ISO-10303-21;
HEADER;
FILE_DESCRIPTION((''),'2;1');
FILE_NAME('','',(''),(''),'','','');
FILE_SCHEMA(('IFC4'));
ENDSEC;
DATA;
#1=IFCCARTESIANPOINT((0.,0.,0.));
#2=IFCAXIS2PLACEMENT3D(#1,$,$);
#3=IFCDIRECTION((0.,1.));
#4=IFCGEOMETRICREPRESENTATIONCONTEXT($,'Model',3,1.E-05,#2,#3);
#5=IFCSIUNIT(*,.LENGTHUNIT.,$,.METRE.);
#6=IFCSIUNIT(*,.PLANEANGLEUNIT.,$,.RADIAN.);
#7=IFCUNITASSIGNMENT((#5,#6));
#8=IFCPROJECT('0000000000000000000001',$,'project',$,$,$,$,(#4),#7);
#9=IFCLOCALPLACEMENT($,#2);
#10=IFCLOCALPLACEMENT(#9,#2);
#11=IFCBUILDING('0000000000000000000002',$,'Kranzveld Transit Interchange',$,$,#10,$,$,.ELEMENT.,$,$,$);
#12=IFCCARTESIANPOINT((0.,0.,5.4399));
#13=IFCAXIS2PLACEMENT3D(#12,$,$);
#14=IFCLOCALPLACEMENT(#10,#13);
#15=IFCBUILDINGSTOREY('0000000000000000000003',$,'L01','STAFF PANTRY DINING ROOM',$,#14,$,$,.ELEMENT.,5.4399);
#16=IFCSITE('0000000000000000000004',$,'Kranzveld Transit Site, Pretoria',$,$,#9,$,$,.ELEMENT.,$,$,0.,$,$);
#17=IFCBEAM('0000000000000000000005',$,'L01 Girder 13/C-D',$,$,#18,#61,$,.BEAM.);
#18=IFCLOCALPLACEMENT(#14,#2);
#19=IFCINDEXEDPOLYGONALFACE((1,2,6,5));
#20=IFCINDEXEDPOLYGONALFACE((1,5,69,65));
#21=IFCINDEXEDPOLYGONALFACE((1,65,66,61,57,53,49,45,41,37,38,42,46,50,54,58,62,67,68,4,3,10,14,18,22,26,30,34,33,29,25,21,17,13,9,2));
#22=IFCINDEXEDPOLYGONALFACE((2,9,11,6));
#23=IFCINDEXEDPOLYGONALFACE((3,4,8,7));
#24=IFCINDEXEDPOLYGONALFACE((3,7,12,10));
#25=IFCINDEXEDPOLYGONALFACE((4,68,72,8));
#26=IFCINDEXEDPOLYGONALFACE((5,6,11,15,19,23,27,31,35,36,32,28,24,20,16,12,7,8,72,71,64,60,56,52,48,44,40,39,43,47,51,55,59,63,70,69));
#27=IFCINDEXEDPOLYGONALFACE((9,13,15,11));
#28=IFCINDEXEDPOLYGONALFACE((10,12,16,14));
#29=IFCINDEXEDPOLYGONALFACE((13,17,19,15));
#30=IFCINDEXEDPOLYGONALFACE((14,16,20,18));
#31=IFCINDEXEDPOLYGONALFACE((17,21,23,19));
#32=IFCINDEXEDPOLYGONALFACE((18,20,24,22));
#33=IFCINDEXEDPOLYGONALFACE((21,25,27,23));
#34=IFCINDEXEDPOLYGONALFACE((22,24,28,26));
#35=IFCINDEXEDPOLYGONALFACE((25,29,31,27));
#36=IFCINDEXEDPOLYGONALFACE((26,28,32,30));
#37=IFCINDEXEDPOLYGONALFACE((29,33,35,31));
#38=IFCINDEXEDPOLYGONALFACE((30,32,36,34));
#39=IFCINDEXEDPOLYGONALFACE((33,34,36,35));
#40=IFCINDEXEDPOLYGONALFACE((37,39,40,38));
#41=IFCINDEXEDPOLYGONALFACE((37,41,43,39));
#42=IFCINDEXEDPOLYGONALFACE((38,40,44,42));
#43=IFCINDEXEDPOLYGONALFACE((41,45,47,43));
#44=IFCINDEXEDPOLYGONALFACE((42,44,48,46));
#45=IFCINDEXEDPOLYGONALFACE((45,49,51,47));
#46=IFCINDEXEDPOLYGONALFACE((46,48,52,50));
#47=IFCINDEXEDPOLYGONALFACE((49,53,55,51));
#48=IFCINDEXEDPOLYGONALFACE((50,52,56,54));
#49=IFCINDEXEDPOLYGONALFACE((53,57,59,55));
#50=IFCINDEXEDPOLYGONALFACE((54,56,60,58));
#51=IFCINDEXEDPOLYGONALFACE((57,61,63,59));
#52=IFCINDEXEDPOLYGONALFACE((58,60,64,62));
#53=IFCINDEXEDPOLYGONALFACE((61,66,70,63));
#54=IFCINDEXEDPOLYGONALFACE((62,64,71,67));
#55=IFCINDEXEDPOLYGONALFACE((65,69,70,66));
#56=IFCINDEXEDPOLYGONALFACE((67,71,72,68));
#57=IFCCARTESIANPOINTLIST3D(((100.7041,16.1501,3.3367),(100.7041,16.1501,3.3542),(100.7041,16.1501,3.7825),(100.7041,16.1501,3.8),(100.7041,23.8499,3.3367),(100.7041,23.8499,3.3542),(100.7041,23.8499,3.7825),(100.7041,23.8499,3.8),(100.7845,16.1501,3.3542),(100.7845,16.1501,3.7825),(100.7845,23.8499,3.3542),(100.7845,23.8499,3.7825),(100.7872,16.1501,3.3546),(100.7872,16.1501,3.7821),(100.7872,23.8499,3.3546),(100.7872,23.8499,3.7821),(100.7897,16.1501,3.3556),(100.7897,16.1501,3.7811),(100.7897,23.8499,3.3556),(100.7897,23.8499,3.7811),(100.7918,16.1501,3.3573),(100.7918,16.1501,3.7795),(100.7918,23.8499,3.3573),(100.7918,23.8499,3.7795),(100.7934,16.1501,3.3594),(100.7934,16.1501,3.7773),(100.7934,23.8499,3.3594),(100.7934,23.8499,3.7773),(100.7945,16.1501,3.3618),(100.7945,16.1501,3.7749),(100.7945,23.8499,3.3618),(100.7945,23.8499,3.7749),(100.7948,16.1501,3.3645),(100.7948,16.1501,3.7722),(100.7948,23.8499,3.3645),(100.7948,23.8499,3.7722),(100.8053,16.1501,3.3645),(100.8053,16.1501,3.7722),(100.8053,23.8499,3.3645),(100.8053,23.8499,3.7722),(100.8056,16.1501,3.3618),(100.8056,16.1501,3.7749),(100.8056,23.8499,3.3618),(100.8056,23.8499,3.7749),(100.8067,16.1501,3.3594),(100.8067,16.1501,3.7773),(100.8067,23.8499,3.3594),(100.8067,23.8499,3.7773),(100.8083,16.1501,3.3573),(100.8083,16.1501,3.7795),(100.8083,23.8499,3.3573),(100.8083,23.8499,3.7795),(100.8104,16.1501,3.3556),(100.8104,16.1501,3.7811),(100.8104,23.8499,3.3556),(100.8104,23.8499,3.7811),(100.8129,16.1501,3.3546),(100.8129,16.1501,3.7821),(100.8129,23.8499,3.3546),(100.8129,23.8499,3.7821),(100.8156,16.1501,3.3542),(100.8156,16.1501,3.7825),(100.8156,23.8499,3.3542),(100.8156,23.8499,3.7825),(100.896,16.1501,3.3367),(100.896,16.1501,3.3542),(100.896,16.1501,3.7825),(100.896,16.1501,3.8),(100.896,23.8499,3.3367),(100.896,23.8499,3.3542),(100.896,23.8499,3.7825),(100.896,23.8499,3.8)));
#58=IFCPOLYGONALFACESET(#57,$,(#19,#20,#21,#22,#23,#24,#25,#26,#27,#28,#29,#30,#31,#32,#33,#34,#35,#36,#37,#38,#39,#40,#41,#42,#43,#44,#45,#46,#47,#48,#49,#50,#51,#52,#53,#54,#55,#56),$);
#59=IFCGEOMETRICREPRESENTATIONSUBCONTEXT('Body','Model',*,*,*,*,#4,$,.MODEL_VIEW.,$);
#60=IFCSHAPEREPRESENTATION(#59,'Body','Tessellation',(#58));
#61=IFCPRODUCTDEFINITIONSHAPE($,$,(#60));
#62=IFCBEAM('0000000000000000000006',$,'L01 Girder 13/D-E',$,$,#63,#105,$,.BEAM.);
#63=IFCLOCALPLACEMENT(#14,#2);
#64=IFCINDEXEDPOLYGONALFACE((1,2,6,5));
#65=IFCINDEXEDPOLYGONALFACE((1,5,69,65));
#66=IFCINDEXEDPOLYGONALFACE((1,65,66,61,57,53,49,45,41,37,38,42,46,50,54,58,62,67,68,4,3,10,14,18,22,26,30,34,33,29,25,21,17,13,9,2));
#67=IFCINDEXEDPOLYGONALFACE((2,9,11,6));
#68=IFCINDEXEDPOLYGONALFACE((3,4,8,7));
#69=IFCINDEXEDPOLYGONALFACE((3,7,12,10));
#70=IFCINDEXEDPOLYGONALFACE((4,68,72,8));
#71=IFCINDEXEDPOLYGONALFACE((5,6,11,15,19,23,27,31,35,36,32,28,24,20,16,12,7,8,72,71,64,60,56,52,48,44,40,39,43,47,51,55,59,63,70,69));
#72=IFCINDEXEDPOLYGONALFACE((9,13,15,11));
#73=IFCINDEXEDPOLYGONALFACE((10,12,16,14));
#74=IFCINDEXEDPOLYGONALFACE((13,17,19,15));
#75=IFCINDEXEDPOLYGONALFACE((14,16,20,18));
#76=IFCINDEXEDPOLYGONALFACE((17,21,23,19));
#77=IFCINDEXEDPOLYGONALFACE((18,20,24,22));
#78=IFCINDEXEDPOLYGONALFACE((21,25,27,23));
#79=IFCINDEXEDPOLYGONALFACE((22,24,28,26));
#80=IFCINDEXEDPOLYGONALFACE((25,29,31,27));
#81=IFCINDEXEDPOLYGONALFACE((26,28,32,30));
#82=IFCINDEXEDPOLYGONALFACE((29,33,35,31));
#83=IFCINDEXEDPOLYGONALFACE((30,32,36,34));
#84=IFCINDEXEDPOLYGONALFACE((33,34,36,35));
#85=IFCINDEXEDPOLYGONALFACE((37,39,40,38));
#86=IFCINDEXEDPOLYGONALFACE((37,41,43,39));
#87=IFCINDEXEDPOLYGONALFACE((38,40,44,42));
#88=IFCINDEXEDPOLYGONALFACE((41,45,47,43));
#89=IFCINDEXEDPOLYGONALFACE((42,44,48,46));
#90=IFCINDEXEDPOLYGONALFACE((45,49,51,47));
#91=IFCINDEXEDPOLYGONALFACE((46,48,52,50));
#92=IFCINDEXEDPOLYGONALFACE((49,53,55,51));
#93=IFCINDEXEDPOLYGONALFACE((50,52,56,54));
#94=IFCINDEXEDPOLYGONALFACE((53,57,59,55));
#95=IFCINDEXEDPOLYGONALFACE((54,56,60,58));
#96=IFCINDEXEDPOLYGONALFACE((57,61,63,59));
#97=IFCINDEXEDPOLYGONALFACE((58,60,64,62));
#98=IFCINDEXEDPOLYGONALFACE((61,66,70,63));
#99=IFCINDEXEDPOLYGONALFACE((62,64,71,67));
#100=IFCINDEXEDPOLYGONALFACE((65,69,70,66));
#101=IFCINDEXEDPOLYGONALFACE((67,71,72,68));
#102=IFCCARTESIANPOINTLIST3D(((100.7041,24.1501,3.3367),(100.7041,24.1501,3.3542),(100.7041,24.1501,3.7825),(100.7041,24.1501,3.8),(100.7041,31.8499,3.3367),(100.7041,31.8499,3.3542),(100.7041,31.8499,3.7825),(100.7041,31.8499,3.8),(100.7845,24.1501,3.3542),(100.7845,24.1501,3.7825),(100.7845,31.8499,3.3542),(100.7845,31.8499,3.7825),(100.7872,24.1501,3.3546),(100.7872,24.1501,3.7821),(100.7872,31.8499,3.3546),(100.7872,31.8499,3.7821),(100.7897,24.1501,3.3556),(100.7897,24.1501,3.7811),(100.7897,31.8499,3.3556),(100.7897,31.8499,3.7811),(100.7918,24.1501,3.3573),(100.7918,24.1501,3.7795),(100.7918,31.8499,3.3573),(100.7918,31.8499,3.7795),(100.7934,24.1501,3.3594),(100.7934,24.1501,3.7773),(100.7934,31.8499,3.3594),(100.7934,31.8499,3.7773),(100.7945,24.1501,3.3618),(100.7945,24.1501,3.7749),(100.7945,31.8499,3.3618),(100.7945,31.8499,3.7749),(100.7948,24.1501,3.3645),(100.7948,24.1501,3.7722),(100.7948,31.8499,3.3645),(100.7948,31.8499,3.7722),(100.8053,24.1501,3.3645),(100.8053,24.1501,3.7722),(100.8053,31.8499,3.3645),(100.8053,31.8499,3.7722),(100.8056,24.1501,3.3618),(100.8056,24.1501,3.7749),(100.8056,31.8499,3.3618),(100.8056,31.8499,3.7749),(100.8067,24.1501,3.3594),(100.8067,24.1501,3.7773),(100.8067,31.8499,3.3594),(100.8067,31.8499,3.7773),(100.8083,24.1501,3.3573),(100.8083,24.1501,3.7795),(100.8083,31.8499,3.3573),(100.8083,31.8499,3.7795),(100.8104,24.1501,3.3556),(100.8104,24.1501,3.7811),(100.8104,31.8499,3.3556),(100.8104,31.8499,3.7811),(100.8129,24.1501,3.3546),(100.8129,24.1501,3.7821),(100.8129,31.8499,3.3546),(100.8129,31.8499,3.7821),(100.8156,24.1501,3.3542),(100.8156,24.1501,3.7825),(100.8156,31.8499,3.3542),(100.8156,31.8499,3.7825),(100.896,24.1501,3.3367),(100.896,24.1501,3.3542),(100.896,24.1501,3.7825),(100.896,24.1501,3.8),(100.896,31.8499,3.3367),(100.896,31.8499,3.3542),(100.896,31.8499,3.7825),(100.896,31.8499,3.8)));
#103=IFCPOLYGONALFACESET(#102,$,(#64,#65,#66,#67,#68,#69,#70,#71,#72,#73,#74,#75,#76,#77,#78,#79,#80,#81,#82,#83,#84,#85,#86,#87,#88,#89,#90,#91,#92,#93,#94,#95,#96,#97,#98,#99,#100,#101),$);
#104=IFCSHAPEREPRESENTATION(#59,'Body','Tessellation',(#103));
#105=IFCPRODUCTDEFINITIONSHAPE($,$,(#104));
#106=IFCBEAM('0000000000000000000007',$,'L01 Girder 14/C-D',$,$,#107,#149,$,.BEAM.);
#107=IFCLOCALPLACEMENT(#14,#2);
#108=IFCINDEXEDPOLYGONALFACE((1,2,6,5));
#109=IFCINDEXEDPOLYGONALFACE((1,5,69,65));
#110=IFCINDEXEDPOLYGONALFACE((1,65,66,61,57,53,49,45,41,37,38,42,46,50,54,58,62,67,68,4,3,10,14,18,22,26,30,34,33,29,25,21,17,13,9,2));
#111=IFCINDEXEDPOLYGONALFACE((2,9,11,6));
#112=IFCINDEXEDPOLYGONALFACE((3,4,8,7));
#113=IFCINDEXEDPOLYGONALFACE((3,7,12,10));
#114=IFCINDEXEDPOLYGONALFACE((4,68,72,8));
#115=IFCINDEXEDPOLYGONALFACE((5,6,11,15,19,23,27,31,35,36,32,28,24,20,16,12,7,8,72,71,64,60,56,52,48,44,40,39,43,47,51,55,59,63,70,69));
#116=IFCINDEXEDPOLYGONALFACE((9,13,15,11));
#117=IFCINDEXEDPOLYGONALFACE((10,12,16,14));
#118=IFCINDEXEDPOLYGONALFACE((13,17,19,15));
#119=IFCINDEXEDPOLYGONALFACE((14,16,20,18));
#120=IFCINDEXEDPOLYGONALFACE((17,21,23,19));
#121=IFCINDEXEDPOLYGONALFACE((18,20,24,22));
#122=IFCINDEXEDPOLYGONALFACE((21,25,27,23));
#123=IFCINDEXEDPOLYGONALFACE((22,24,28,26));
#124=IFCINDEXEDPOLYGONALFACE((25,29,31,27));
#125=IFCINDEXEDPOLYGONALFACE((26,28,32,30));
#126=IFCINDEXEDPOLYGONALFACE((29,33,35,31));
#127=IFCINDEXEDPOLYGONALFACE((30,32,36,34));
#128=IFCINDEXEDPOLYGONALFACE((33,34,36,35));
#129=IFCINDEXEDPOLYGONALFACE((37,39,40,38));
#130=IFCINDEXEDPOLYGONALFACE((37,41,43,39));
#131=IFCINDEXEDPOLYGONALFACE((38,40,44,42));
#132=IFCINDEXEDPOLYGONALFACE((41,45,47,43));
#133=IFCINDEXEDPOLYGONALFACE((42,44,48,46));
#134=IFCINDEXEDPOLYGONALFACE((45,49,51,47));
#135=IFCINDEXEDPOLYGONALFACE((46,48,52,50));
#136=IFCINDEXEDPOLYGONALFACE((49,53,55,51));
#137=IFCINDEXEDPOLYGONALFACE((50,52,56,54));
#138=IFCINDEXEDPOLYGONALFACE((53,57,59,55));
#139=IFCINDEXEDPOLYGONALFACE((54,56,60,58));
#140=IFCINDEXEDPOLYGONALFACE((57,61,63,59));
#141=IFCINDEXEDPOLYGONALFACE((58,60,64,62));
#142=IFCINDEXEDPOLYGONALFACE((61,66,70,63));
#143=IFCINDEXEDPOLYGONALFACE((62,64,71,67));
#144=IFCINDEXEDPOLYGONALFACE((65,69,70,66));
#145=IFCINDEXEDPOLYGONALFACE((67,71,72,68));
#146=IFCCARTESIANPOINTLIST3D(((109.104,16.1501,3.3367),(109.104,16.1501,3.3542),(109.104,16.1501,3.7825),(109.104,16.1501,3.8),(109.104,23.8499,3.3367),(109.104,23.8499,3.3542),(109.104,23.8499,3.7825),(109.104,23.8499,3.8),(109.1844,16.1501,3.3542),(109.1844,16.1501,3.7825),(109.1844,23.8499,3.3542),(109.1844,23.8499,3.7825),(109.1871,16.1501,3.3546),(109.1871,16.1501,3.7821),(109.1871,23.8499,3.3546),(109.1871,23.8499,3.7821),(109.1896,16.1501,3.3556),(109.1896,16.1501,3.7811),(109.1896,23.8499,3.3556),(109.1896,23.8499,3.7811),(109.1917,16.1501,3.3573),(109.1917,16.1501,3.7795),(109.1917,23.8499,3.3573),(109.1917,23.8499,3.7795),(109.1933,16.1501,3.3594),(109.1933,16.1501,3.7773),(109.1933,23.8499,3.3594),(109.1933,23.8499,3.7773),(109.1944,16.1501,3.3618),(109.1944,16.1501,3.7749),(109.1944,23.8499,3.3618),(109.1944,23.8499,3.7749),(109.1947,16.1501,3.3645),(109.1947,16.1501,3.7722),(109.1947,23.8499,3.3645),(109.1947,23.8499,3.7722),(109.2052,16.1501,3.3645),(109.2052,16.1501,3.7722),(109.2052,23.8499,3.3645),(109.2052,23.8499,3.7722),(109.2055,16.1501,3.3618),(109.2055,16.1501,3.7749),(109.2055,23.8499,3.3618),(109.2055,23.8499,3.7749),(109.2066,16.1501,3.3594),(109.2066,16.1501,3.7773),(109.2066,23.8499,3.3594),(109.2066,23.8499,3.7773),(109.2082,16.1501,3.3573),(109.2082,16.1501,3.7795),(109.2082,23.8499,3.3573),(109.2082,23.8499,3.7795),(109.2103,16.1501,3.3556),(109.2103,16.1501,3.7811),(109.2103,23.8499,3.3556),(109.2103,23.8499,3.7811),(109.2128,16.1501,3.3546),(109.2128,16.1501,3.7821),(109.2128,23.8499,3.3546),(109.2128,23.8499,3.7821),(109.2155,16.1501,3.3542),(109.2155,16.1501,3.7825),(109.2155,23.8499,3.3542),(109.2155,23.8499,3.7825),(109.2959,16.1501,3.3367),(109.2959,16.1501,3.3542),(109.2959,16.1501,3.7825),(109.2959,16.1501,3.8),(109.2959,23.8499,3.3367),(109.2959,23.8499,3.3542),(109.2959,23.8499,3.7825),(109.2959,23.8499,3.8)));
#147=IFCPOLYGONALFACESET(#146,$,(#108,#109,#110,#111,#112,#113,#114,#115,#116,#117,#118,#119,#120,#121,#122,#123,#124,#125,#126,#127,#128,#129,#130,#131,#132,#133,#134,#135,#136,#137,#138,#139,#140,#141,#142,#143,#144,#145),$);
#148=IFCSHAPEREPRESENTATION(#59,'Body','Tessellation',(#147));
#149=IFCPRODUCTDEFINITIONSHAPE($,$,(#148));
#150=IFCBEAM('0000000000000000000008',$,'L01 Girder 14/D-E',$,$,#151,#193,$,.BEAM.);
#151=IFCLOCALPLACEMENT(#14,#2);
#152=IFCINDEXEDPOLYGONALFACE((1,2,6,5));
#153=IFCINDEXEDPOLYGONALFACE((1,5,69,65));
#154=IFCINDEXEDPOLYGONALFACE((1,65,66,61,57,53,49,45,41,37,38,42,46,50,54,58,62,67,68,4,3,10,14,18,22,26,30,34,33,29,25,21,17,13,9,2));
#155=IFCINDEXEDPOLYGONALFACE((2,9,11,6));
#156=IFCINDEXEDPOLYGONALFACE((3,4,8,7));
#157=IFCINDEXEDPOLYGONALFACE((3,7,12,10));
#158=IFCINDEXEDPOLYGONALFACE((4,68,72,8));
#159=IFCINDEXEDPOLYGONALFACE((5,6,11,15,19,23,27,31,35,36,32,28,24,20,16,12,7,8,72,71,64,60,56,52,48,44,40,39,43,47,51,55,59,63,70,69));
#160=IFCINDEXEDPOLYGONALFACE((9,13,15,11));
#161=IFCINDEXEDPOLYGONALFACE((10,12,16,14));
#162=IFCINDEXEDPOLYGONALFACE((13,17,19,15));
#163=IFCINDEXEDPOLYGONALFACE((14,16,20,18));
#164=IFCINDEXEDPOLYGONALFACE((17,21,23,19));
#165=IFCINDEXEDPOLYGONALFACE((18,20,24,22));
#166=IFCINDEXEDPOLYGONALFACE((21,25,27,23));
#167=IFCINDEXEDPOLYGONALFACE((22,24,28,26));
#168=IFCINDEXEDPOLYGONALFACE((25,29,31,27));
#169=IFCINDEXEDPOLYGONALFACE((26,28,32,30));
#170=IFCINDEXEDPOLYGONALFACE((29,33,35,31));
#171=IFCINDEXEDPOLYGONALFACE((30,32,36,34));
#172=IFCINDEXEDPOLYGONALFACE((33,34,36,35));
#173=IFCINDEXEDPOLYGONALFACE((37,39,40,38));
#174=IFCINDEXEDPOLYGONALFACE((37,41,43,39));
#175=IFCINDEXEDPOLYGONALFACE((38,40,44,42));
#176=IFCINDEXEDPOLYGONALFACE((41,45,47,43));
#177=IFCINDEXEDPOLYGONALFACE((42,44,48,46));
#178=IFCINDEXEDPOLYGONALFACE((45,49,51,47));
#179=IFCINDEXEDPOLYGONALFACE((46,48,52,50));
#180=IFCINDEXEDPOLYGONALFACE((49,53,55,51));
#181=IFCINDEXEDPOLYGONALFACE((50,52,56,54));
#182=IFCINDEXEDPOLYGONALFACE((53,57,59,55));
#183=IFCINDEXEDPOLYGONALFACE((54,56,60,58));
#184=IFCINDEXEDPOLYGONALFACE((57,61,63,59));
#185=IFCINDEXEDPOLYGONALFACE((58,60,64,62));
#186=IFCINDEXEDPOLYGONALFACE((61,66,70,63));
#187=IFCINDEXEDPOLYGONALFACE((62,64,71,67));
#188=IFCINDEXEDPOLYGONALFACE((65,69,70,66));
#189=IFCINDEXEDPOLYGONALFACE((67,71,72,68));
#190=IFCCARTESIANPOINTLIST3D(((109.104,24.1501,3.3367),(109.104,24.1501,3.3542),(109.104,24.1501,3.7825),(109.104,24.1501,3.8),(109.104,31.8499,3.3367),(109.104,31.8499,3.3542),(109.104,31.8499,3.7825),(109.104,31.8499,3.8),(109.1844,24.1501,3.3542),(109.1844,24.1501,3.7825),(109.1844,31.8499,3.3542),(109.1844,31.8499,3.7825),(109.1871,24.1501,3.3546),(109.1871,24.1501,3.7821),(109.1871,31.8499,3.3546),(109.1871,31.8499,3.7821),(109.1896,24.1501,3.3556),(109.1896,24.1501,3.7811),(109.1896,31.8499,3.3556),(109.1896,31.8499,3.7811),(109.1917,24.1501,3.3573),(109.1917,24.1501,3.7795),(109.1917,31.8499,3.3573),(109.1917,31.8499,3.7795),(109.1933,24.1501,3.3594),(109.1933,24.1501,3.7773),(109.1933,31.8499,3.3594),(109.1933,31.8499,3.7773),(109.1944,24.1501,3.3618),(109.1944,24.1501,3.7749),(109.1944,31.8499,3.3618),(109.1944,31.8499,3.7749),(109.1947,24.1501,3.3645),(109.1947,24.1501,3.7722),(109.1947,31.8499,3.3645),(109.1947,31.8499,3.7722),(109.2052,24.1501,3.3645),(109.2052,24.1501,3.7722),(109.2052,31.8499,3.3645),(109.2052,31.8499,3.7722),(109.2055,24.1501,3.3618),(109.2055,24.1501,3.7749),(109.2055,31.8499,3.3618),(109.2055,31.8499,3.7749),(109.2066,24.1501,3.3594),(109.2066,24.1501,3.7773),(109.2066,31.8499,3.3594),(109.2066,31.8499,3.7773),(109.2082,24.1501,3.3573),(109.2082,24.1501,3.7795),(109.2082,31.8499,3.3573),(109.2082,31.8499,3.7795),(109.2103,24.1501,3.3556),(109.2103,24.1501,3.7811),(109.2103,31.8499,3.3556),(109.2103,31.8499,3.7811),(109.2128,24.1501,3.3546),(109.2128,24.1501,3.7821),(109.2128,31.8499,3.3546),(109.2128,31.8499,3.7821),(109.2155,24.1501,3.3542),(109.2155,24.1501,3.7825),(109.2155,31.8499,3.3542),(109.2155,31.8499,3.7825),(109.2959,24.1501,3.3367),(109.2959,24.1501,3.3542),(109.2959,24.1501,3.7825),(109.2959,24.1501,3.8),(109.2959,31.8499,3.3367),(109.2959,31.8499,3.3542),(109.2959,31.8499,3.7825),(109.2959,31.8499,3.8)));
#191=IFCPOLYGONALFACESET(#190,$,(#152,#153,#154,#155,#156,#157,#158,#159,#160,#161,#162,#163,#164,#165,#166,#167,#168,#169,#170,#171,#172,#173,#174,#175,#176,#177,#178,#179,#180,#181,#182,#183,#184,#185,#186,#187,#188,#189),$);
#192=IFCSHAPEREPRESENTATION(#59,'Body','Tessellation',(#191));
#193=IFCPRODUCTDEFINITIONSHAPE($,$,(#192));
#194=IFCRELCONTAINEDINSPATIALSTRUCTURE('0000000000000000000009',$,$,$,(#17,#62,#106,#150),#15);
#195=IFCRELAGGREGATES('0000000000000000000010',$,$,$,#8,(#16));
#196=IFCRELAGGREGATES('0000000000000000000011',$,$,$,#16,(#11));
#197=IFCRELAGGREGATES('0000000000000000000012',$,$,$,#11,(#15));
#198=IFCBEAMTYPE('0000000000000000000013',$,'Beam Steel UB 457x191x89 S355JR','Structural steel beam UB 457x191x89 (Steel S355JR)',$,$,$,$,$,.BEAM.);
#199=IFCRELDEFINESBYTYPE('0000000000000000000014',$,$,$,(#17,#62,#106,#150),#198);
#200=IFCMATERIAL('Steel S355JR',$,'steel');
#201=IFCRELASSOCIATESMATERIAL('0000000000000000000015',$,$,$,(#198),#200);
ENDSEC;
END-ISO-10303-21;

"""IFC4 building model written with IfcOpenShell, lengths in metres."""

from ifc_helpers import new_model, si_unit, direction, frame, origin, origin_2d, place, context, subcontext, project, spatial, i_section, extrude, material, material_profile, profile_set, type_object, element, save


model = new_model("IFC4")

# Units and contexts
model_context = context("Model", 3, precision=1e-05, world=origin(), true_north=direction((0.0, 1.0)))
body_context = subcontext(model_context, "Body", "Model", "MODEL_VIEW")
ifc_project = project(units=[si_unit("LENGTHUNIT", "METRE"), si_unit("PLANEANGLEUNIT", "RADIAN")], contexts=[model_context])

# Site, building, storey
site_placement = place(None, origin())
site = spatial("IfcSite", under=ifc_project, at=site_placement, Name="Kranzveld Transit Site, Pretoria", CompositionType="ELEMENT", RefElevation=0.0)
building_placement = place(site_placement, origin())
building = spatial("IfcBuilding", under=site, at=building_placement, Name="Kranzveld Transit Interchange", CompositionType="ELEMENT")
storey_placement = place(building_placement, frame((0.0, 0.0, 5.4399)))
storey = spatial("IfcBuildingStorey", under=building, at=storey_placement, Name="L01", Description="STAFF PANTRY DINING ROOM", CompositionType="ELEMENT", Elevation=5.4399)

# Beams
ifc_material_1 = material(Name="Steel S355JR", Category="steel")
ifc_material_profile_1 = material_profile(ifc_material_1, i_section(OverallWidth=0.1919, OverallDepth=0.4634, WebThickness=0.0105, FlangeThickness=0.0176, FilletRadius=0.0103, at=origin_2d()), Name="UB 457x191x89")
ifc_profile_set_1 = profile_set([ifc_material_profile_1], Name="Steel S355JR")
beam_type_1 = type_object("IfcBeamType", Name="Beam Steel UB 457x191x89 S355JR", Description="Structural steel beam UB 457x191x89 (Steel S355JR)", PredefinedType="BEAM", material=ifc_profile_set_1)
for number, where, z_axis, x_axis, name in (
    (1, (100.8, 16.1501, 3.5684), (0.0, 1.0, 0.0), (-1.0, 0.0, 0.0), "L01 Girder 13/C-D"),
    (2, (100.8, 24.1501, 3.5684), (0.0, 1.0, 0.0), (-1.0, 0.0, 0.0), "L01 Girder 13/D-E"),
    (3, (109.2, 16.1501, 3.5684), (0.0, 1.0, 0.0), (-1.0, 0.0, 0.0), "L01 Girder 14/C-D"),
    (4, (109.2, 24.1501, 3.5684), (0.0, 1.0, 0.0), (-1.0, 0.0, 0.0), "L01 Girder 14/D-E"),
):
    element("IfcBeam", number, at=place(storey_placement, frame(where, z_axis=z_axis, x_axis=x_axis)), inside=storey, type_object=beam_type_1, Name=name, PredefinedType="BEAM", context=body_context, shape_type="SweptSolid", body=[
        extrude(i_section(OverallWidth=0.1919, OverallDepth=0.4634, WebThickness=0.0105, FlangeThickness=0.0176, FilletRadius=0.0103, at=origin_2d()), origin(), (0.0, 0.0, 1.0), 7.6997),
    ])

save(model, "model.ifc")
